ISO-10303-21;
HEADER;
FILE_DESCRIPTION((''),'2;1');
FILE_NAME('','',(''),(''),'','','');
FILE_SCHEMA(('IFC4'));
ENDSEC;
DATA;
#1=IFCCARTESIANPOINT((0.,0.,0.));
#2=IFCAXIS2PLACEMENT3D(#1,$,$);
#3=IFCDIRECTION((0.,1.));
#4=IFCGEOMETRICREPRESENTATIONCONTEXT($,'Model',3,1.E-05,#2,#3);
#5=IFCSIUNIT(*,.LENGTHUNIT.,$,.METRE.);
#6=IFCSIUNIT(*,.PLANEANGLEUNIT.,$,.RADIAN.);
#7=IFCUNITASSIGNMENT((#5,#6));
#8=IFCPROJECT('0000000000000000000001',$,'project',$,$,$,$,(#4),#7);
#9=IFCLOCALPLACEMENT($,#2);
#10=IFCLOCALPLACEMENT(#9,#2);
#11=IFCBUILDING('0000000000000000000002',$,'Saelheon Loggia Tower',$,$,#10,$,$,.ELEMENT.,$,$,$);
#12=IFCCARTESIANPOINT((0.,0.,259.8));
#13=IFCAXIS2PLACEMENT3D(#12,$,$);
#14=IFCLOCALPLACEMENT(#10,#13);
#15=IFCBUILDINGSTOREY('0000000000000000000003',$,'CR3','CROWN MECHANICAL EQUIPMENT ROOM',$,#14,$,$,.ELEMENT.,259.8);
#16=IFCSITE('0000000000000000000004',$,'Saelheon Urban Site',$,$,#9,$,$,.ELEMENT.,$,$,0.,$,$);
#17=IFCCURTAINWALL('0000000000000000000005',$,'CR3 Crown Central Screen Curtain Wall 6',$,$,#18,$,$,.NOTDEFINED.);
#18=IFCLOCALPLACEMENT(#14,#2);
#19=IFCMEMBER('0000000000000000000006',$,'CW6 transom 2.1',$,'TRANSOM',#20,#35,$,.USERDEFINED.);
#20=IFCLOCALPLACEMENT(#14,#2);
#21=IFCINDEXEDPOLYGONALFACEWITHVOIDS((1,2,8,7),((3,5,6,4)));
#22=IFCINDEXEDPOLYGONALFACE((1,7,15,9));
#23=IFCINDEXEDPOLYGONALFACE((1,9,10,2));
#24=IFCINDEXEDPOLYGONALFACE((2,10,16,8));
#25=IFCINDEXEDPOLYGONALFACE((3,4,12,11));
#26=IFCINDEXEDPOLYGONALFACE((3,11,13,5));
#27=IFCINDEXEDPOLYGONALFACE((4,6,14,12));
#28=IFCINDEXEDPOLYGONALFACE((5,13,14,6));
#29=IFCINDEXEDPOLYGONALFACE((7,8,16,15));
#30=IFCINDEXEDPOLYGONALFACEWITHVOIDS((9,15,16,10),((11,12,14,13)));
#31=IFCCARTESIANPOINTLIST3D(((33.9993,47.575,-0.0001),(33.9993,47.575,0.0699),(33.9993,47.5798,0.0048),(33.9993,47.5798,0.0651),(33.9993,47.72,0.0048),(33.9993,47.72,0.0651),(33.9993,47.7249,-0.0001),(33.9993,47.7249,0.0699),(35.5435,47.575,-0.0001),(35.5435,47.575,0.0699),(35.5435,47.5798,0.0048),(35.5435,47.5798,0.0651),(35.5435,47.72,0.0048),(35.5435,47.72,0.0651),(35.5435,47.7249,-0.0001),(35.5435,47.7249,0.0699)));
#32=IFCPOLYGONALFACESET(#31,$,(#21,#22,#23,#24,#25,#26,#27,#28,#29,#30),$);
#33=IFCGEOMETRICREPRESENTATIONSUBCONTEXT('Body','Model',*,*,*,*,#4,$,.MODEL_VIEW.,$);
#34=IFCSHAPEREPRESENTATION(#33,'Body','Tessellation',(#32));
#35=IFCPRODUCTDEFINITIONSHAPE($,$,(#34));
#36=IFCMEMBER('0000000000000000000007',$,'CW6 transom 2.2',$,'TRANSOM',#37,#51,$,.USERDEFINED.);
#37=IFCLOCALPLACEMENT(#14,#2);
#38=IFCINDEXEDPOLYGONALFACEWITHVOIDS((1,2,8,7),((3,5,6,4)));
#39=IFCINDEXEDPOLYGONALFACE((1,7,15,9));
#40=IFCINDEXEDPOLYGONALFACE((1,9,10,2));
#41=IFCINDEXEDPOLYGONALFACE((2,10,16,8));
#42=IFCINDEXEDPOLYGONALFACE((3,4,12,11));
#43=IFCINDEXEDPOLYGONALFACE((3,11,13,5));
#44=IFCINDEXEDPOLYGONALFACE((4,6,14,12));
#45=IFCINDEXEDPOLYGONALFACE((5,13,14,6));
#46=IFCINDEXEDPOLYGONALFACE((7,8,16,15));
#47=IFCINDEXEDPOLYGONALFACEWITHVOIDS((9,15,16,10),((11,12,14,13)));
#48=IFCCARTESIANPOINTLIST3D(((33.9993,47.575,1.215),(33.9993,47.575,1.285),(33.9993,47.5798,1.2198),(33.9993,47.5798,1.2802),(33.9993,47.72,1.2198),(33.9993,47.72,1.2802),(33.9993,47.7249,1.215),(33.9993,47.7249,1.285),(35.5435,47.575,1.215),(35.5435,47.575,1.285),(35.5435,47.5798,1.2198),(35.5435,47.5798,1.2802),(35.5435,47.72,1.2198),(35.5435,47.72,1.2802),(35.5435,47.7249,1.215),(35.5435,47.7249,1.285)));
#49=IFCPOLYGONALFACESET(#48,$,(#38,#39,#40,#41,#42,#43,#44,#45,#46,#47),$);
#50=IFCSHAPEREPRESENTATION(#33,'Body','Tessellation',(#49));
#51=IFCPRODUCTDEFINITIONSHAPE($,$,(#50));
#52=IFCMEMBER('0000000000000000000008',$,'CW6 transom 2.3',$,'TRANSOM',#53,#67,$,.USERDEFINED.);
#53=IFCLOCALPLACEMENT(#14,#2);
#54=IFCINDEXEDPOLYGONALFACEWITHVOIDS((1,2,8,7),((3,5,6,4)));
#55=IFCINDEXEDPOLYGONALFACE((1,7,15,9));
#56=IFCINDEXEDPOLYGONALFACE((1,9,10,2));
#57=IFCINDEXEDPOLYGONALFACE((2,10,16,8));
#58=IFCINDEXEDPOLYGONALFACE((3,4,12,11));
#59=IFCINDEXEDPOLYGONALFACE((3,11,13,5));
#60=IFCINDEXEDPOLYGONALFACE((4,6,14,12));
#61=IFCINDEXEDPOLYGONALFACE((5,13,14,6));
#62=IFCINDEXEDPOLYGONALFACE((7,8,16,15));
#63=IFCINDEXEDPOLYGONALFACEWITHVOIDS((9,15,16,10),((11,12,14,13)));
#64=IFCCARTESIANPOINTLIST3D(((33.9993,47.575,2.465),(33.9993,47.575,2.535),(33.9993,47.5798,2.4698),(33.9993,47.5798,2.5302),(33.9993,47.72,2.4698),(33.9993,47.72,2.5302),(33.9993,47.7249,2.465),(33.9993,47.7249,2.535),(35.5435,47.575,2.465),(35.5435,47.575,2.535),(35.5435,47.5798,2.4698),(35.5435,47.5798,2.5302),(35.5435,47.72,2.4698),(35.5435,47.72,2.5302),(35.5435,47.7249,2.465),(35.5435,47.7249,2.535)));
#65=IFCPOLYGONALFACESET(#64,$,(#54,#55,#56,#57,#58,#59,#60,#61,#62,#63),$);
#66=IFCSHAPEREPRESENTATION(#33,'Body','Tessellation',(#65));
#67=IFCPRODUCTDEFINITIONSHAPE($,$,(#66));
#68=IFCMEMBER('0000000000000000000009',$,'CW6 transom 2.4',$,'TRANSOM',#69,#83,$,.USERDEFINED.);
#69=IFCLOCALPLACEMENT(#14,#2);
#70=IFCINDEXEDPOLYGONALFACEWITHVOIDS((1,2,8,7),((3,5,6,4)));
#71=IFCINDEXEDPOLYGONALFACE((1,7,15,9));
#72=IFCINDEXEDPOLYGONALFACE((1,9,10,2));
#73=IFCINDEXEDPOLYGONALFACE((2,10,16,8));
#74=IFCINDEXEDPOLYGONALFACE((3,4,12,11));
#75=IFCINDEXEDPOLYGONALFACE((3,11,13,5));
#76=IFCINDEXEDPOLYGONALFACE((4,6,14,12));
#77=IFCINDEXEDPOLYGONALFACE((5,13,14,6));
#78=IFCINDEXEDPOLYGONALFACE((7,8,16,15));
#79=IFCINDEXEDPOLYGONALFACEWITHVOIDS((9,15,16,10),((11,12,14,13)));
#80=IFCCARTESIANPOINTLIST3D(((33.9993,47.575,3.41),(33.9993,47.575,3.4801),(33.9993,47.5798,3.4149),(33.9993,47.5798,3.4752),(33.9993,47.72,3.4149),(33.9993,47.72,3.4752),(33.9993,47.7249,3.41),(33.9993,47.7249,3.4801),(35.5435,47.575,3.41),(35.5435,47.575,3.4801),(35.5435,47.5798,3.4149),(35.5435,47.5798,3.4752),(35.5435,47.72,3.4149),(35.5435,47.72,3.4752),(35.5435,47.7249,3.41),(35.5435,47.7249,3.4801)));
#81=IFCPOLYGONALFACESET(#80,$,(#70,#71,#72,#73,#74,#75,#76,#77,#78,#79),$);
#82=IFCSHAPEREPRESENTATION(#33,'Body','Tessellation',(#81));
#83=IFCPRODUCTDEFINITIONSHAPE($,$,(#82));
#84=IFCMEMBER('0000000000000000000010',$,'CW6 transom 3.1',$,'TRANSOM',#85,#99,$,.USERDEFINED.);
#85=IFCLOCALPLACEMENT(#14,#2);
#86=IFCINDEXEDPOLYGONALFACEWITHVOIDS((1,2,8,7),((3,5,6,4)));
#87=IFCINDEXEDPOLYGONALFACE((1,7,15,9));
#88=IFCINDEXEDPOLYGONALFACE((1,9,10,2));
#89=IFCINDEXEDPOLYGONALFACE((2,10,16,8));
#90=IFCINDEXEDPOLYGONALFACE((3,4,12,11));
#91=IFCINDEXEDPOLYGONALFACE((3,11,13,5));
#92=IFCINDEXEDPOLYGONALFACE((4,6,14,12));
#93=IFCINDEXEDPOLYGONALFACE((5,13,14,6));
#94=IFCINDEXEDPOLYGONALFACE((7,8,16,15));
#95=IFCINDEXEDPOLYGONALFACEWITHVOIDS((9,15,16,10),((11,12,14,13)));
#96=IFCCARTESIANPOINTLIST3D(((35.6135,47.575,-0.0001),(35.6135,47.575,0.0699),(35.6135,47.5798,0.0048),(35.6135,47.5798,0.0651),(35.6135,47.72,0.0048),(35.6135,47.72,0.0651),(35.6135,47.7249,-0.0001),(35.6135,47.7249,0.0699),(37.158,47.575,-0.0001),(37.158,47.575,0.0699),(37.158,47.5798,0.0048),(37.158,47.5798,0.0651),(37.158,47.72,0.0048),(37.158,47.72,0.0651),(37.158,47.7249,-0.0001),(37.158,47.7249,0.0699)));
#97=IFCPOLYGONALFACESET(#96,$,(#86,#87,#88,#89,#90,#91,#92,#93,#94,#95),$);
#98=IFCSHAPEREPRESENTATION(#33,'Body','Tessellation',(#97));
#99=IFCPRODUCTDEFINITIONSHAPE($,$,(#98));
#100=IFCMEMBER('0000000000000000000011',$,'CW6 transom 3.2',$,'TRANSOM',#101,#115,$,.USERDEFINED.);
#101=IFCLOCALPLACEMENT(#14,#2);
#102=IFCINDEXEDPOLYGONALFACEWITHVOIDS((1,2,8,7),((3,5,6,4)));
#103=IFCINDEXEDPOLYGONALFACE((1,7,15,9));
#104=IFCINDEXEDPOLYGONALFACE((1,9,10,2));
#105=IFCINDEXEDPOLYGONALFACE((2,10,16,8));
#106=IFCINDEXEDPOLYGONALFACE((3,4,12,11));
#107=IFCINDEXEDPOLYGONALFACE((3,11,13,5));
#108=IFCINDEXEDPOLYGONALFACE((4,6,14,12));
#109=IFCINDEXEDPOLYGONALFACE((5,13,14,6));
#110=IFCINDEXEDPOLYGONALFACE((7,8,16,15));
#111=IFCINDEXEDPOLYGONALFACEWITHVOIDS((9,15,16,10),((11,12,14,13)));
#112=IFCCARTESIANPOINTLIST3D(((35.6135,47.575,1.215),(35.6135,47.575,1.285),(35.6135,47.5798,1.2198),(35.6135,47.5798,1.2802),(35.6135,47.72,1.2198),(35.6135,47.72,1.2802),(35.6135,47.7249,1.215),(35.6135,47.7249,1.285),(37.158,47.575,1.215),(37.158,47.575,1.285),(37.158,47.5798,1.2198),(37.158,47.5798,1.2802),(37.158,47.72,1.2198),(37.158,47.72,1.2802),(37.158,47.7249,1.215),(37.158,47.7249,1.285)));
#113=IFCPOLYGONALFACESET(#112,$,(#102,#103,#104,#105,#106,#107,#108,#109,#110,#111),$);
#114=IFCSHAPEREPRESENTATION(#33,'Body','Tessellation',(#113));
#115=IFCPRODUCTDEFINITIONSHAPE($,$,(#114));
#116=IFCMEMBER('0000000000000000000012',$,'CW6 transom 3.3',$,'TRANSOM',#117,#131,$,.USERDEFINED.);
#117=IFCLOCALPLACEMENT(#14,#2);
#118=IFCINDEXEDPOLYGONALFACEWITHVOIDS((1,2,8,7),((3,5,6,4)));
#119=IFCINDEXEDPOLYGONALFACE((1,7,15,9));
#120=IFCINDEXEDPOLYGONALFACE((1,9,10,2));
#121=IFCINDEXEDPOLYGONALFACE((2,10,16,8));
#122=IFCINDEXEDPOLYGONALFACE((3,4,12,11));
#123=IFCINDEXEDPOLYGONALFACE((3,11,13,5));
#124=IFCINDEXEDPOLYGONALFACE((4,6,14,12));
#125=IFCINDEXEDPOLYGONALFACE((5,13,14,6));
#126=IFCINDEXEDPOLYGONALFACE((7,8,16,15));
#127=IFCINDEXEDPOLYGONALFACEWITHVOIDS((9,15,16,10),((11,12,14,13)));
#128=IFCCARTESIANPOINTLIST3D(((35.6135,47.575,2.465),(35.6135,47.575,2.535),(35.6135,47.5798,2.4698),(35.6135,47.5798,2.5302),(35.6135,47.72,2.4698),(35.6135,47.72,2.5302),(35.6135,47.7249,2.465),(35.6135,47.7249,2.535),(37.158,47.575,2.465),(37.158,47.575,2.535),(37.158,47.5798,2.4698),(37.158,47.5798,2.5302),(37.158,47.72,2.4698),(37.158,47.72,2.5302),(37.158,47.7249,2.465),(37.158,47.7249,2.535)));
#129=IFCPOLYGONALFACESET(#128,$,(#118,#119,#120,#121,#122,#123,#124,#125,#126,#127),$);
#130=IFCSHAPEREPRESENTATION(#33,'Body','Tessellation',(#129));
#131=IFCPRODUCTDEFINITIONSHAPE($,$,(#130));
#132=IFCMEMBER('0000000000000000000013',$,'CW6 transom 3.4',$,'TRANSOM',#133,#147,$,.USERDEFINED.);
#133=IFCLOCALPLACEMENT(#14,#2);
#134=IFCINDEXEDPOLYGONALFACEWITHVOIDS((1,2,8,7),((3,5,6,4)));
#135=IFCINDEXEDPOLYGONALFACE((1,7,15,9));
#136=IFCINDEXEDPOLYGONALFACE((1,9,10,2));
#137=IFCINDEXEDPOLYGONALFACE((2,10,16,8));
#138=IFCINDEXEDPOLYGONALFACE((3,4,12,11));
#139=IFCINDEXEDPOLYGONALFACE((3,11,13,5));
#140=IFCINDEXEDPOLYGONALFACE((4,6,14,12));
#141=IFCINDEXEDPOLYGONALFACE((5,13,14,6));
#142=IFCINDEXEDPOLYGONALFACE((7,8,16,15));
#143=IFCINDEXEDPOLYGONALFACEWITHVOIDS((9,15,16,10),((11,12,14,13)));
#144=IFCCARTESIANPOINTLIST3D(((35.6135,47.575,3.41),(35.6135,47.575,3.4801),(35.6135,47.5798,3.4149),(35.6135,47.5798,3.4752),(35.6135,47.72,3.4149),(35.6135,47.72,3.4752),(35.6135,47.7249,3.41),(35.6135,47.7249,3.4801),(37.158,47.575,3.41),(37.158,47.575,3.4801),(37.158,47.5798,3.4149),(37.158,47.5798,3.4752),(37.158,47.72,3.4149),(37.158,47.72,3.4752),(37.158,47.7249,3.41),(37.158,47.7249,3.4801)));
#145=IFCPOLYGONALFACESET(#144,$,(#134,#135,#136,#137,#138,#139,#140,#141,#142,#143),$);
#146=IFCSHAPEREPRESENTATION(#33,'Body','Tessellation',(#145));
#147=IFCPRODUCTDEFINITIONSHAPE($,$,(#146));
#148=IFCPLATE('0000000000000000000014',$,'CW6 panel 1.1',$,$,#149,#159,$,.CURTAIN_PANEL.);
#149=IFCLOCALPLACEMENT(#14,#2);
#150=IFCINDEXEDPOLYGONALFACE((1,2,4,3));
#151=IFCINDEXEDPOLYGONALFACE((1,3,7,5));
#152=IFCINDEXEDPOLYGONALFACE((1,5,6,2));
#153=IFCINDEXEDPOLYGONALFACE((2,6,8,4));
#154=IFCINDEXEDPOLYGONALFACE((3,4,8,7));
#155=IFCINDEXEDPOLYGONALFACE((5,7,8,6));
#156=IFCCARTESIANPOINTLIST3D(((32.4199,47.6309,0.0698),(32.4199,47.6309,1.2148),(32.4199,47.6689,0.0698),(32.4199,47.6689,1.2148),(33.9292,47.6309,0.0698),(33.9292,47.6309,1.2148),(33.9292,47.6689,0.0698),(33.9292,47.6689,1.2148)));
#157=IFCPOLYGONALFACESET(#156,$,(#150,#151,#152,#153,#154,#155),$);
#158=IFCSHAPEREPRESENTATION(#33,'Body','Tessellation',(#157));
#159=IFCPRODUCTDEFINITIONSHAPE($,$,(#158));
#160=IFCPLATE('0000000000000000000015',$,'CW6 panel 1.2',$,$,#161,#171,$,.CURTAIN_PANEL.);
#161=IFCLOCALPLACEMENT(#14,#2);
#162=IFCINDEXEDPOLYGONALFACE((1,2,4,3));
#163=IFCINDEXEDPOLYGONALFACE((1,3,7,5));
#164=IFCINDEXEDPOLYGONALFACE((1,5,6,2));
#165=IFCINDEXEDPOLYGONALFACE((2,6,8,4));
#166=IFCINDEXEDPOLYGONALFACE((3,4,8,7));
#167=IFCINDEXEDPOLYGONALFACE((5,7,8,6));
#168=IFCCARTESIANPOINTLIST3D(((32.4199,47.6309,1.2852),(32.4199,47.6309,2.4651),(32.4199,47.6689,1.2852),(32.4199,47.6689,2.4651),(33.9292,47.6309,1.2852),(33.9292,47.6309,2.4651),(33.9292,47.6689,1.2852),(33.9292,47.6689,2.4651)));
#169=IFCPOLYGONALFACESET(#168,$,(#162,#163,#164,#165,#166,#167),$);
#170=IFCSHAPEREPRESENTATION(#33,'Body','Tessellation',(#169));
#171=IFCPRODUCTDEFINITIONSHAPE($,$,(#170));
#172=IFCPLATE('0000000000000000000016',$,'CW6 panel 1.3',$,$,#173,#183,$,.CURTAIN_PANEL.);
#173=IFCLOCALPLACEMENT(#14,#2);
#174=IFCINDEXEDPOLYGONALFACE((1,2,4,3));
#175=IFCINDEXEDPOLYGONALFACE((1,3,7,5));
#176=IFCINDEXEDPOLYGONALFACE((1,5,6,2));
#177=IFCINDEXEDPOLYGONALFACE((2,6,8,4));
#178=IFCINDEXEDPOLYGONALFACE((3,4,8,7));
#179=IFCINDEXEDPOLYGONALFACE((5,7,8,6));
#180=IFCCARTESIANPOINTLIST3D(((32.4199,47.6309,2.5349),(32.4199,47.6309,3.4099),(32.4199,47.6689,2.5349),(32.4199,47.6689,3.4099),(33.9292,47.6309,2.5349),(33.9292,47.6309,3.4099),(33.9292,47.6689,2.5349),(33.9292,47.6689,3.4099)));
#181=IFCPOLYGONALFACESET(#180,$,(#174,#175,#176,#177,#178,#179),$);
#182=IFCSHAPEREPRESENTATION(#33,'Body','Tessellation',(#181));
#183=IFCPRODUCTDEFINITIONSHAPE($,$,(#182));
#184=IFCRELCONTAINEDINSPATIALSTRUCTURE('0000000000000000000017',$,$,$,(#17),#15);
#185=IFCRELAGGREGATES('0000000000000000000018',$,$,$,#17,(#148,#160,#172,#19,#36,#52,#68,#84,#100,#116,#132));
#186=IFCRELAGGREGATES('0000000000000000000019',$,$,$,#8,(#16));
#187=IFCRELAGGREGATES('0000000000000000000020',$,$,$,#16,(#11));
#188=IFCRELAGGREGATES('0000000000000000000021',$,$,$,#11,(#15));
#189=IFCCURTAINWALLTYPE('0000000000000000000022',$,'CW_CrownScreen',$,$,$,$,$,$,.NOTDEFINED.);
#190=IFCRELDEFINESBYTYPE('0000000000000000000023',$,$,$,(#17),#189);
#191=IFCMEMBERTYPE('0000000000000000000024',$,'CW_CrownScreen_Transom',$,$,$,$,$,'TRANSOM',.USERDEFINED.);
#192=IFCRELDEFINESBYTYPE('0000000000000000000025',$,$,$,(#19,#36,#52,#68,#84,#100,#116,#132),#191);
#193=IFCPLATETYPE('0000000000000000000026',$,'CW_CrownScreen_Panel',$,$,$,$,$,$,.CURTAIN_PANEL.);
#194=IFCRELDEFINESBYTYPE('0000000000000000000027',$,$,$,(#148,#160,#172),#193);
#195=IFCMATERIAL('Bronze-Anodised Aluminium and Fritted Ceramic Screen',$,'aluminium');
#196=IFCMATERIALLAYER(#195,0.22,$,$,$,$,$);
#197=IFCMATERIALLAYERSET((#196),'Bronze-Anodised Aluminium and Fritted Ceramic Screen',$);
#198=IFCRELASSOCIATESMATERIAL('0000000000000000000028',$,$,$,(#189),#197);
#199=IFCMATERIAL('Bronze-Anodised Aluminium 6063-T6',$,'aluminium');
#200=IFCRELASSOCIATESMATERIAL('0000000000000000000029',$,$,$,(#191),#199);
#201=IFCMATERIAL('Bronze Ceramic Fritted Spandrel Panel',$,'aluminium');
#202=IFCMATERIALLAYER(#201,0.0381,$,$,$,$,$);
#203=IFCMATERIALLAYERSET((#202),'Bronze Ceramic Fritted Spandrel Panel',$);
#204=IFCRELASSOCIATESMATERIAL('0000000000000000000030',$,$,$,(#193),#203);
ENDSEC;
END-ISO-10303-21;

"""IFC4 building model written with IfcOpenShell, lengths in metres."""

from ifc_helpers import new_model, si_unit, direction, frame, origin, origin_2d, place, context, subcontext, project, spatial, rectangle, hollow_rectangle, extrude, source, transform, mapped, material, layer, layer_set, material_profile, profile_set, type_object, element, aggregate, save


model = new_model("IFC4")

# Units and contexts
model_context = context("Model", 3, precision=1e-05, world=origin(), true_north=direction((0.0, 1.0)))
body_context = subcontext(model_context, "Body", "Model", "MODEL_VIEW")
ifc_project = project(units=[si_unit("LENGTHUNIT", "METRE"), si_unit("PLANEANGLEUNIT", "RADIAN")], contexts=[model_context])

# Site, building, storey
site_placement = place(None, origin())
site = spatial("IfcSite", under=ifc_project, at=site_placement, Name="Saelheon Urban Site", CompositionType="ELEMENT", RefElevation=0.0)
building_placement = place(site_placement, origin())
building = spatial("IfcBuilding", under=site, at=building_placement, Name="Saelheon Loggia Tower", CompositionType="ELEMENT")
storey_placement = place(building_placement, frame((0.0, 0.0, 259.8)))
storey = spatial("IfcBuildingStorey", under=building, at=storey_placement, Name="CR3", Description="CROWN MECHANICAL EQUIPMENT ROOM", CompositionType="ELEMENT", Elevation=259.8)

# Curtain wall, members, plates
ifc_material_1 = material(Name="Bronze-Anodised Aluminium and Fritted Ceramic Screen", Category="aluminium")
ifc_layer_1 = layer(ifc_material_1, 0.22)
ifc_layer_set_1 = layer_set([ifc_layer_1], Name="Bronze-Anodised Aluminium and Fritted Ceramic Screen")
curtain_wall_type = type_object("IfcCurtainWallType", Name="CW_CrownScreen", PredefinedType="NOTDEFINED", material=ifc_layer_set_1)
curtain_wall_placement = place(storey_placement, origin())
curtain_wall = element("IfcCurtainWall", 1, at=curtain_wall_placement, inside=storey, type_object=curtain_wall_type, Name="CR3 Crown Central Screen Curtain Wall 6", PredefinedType="NOTDEFINED")
ifc_material_2 = material(Name="Bronze-Anodised Aluminium 6063-T6", Category="aluminium")
ifc_material_profile_1 = material_profile(ifc_material_2, hollow_rectangle(XDim=0.0701, YDim=0.1499, WallThickness=0.0049, at=origin_2d()), Name="RHS-150x70x5")
ifc_profile_set_1 = profile_set([ifc_material_profile_1], Name="Bronze-Anodised Aluminium 6063-T6")
member_type_1 = type_object("IfcMemberType", Name="CW_CrownScreen_Transom", ElementType="TRANSOM", PredefinedType="USERDEFINED", material=ifc_profile_set_1)
shared_shape_1 = source(origin(), body_context, "Body", "SweptSolid", [
    extrude(hollow_rectangle(XDim=0.0701, YDim=0.1499, WallThickness=0.0049, at=origin_2d()), origin(), (0.0, 0.0, 1.0), 1.5442),
])
member_1_placement = place(storey_placement, frame((33.9993, 47.6499, 0.0349), z_axis=(1.0, 0.0, 0.0), x_axis=(0.0, 0.0, 1.0)))
member_1 = element("IfcMember", 2, at=member_1_placement, type_object=member_type_1, Name="CW6 transom 2.1", ObjectType="TRANSOM", PredefinedType="USERDEFINED", context=body_context, shape_type="MappedRepresentation", body=[
    mapped(shared_shape_1, transform((0.0, 0.0, 0.0), scale=1.0)),
])
member_2_placement = place(storey_placement, frame((33.9993, 47.6499, 1.25), z_axis=(1.0, 0.0, 0.0), x_axis=(0.0, 0.0, 1.0)))
member_2 = element("IfcMember", 3, at=member_2_placement, type_object=member_type_1, Name="CW6 transom 2.2", ObjectType="TRANSOM", PredefinedType="USERDEFINED", context=body_context, shape_type="MappedRepresentation", body=[
    mapped(shared_shape_1, transform((0.0, 0.0, 0.0), scale=1.0)),
])
member_3_placement = place(storey_placement, frame((33.9993, 47.6499, 2.5), z_axis=(1.0, 0.0, 0.0), x_axis=(0.0, 0.0, 1.0)))
member_3 = element("IfcMember", 4, at=member_3_placement, type_object=member_type_1, Name="CW6 transom 2.3", ObjectType="TRANSOM", PredefinedType="USERDEFINED", context=body_context, shape_type="MappedRepresentation", body=[
    mapped(shared_shape_1, transform((0.0, 0.0, 0.0), scale=1.0)),
])
member_4_placement = place(storey_placement, frame((33.9993, 47.6499, 3.4451), z_axis=(1.0, 0.0, 0.0), x_axis=(0.0, 0.0, 1.0)))
member_4 = element("IfcMember", 5, at=member_4_placement, type_object=member_type_1, Name="CW6 transom 2.4", ObjectType="TRANSOM", PredefinedType="USERDEFINED", context=body_context, shape_type="MappedRepresentation", body=[
    mapped(shared_shape_1, transform((0.0, 0.0, 0.0), scale=1.0)),
])
shared_shape_2 = source(origin(), body_context, "Body", "SweptSolid", [
    extrude(hollow_rectangle(XDim=0.0701, YDim=0.1499, WallThickness=0.0049, at=origin_2d()), origin(), (0.0, 0.0, 1.0), 1.5444),
])
member_5_placement = place(storey_placement, frame((35.6135, 47.6499, 0.0349), z_axis=(1.0, 0.0, 0.0), x_axis=(0.0, 0.0, 1.0)))
member_5 = element("IfcMember", 6, at=member_5_placement, type_object=member_type_1, Name="CW6 transom 3.1", ObjectType="TRANSOM", PredefinedType="USERDEFINED", context=body_context, shape_type="MappedRepresentation", body=[
    mapped(shared_shape_2, transform((0.0, 0.0, 0.0), scale=1.0)),
])
member_6_placement = place(storey_placement, frame((35.6135, 47.6499, 1.25), z_axis=(1.0, 0.0, 0.0), x_axis=(0.0, 0.0, 1.0)))
member_6 = element("IfcMember", 7, at=member_6_placement, type_object=member_type_1, Name="CW6 transom 3.2", ObjectType="TRANSOM", PredefinedType="USERDEFINED", context=body_context, shape_type="MappedRepresentation", body=[
    mapped(shared_shape_2, transform((0.0, 0.0, 0.0), scale=1.0)),
])
member_7_placement = place(storey_placement, frame((35.6135, 47.6499, 2.5), z_axis=(1.0, 0.0, 0.0), x_axis=(0.0, 0.0, 1.0)))
member_7 = element("IfcMember", 8, at=member_7_placement, type_object=member_type_1, Name="CW6 transom 3.3", ObjectType="TRANSOM", PredefinedType="USERDEFINED", context=body_context, shape_type="MappedRepresentation", body=[
    mapped(shared_shape_2, transform((0.0, 0.0, 0.0), scale=1.0)),
])
member_8_placement = place(storey_placement, frame((35.6135, 47.6499, 3.4451), z_axis=(1.0, 0.0, 0.0), x_axis=(0.0, 0.0, 1.0)))
member_8 = element("IfcMember", 9, at=member_8_placement, type_object=member_type_1, Name="CW6 transom 3.4", ObjectType="TRANSOM", PredefinedType="USERDEFINED", context=body_context, shape_type="MappedRepresentation", body=[
    mapped(shared_shape_2, transform((0.0, 0.0, 0.0), scale=1.0)),
])
ifc_material_3 = material(Name="Bronze Ceramic Fritted Spandrel Panel", Category="aluminium")
ifc_layer_2 = layer(ifc_material_3, 0.0381)
ifc_layer_set_2 = layer_set([ifc_layer_2], Name="Bronze Ceramic Fritted Spandrel Panel")
plate_type = type_object("IfcPlateType", Name="CW_CrownScreen_Panel", PredefinedType="CURTAIN_PANEL", material=ifc_layer_set_2)
shared_shape_3 = source(origin(), body_context, "Body", "SweptSolid", [
    extrude(rectangle(XDim=1.5093, YDim=0.0381, at=origin_2d()), origin(), (0.0, 0.0, 1.0), 1.145),
])
plate_1_placement = place(storey_placement, frame((33.1746, 47.6499, 0.0698), z_axis=(0.0, 0.0, 1.0), x_axis=(1.0, 0.0, 0.0)))
plate_1 = element("IfcPlate", 10, at=plate_1_placement, type_object=plate_type, Name="CW6 panel 1.1", PredefinedType="CURTAIN_PANEL", context=body_context, shape_type="MappedRepresentation", body=[
    mapped(shared_shape_3, transform((0.0, 0.0, 0.0), scale=1.0)),
])
shared_shape_4 = source(origin(), body_context, "Body", "SweptSolid", [
    extrude(rectangle(XDim=1.5093, YDim=0.0381, at=origin_2d()), origin(), (0.0, 0.0, 1.0), 1.1799),
])
plate_2_placement = place(storey_placement, frame((33.1746, 47.6499, 1.2852), z_axis=(0.0, 0.0, 1.0), x_axis=(1.0, 0.0, 0.0)))
plate_2 = element("IfcPlate", 11, at=plate_2_placement, type_object=plate_type, Name="CW6 panel 1.2", PredefinedType="CURTAIN_PANEL", context=body_context, shape_type="MappedRepresentation", body=[
    mapped(shared_shape_4, transform((0.0, 0.0, 0.0), scale=1.0)),
])
shared_shape_5 = source(origin(), body_context, "Body", "SweptSolid", [
    extrude(rectangle(XDim=1.5093, YDim=0.0381, at=origin_2d()), origin(), (0.0, 0.0, 1.0), 0.875),
])
plate_3_placement = place(storey_placement, frame((33.1746, 47.6499, 2.5349), z_axis=(0.0, 0.0, 1.0), x_axis=(1.0, 0.0, 0.0)))
plate_3 = element("IfcPlate", 12, at=plate_3_placement, type_object=plate_type, Name="CW6 panel 1.3", PredefinedType="CURTAIN_PANEL", context=body_context, shape_type="MappedRepresentation", body=[
    mapped(shared_shape_5, transform((0.0, 0.0, 0.0), scale=1.0)),
])
aggregate(curtain_wall, [plate_1, plate_2, plate_3, member_1, member_2, member_3, member_4, member_5, member_6, member_7, member_8])

save(model, "model.ifc")
